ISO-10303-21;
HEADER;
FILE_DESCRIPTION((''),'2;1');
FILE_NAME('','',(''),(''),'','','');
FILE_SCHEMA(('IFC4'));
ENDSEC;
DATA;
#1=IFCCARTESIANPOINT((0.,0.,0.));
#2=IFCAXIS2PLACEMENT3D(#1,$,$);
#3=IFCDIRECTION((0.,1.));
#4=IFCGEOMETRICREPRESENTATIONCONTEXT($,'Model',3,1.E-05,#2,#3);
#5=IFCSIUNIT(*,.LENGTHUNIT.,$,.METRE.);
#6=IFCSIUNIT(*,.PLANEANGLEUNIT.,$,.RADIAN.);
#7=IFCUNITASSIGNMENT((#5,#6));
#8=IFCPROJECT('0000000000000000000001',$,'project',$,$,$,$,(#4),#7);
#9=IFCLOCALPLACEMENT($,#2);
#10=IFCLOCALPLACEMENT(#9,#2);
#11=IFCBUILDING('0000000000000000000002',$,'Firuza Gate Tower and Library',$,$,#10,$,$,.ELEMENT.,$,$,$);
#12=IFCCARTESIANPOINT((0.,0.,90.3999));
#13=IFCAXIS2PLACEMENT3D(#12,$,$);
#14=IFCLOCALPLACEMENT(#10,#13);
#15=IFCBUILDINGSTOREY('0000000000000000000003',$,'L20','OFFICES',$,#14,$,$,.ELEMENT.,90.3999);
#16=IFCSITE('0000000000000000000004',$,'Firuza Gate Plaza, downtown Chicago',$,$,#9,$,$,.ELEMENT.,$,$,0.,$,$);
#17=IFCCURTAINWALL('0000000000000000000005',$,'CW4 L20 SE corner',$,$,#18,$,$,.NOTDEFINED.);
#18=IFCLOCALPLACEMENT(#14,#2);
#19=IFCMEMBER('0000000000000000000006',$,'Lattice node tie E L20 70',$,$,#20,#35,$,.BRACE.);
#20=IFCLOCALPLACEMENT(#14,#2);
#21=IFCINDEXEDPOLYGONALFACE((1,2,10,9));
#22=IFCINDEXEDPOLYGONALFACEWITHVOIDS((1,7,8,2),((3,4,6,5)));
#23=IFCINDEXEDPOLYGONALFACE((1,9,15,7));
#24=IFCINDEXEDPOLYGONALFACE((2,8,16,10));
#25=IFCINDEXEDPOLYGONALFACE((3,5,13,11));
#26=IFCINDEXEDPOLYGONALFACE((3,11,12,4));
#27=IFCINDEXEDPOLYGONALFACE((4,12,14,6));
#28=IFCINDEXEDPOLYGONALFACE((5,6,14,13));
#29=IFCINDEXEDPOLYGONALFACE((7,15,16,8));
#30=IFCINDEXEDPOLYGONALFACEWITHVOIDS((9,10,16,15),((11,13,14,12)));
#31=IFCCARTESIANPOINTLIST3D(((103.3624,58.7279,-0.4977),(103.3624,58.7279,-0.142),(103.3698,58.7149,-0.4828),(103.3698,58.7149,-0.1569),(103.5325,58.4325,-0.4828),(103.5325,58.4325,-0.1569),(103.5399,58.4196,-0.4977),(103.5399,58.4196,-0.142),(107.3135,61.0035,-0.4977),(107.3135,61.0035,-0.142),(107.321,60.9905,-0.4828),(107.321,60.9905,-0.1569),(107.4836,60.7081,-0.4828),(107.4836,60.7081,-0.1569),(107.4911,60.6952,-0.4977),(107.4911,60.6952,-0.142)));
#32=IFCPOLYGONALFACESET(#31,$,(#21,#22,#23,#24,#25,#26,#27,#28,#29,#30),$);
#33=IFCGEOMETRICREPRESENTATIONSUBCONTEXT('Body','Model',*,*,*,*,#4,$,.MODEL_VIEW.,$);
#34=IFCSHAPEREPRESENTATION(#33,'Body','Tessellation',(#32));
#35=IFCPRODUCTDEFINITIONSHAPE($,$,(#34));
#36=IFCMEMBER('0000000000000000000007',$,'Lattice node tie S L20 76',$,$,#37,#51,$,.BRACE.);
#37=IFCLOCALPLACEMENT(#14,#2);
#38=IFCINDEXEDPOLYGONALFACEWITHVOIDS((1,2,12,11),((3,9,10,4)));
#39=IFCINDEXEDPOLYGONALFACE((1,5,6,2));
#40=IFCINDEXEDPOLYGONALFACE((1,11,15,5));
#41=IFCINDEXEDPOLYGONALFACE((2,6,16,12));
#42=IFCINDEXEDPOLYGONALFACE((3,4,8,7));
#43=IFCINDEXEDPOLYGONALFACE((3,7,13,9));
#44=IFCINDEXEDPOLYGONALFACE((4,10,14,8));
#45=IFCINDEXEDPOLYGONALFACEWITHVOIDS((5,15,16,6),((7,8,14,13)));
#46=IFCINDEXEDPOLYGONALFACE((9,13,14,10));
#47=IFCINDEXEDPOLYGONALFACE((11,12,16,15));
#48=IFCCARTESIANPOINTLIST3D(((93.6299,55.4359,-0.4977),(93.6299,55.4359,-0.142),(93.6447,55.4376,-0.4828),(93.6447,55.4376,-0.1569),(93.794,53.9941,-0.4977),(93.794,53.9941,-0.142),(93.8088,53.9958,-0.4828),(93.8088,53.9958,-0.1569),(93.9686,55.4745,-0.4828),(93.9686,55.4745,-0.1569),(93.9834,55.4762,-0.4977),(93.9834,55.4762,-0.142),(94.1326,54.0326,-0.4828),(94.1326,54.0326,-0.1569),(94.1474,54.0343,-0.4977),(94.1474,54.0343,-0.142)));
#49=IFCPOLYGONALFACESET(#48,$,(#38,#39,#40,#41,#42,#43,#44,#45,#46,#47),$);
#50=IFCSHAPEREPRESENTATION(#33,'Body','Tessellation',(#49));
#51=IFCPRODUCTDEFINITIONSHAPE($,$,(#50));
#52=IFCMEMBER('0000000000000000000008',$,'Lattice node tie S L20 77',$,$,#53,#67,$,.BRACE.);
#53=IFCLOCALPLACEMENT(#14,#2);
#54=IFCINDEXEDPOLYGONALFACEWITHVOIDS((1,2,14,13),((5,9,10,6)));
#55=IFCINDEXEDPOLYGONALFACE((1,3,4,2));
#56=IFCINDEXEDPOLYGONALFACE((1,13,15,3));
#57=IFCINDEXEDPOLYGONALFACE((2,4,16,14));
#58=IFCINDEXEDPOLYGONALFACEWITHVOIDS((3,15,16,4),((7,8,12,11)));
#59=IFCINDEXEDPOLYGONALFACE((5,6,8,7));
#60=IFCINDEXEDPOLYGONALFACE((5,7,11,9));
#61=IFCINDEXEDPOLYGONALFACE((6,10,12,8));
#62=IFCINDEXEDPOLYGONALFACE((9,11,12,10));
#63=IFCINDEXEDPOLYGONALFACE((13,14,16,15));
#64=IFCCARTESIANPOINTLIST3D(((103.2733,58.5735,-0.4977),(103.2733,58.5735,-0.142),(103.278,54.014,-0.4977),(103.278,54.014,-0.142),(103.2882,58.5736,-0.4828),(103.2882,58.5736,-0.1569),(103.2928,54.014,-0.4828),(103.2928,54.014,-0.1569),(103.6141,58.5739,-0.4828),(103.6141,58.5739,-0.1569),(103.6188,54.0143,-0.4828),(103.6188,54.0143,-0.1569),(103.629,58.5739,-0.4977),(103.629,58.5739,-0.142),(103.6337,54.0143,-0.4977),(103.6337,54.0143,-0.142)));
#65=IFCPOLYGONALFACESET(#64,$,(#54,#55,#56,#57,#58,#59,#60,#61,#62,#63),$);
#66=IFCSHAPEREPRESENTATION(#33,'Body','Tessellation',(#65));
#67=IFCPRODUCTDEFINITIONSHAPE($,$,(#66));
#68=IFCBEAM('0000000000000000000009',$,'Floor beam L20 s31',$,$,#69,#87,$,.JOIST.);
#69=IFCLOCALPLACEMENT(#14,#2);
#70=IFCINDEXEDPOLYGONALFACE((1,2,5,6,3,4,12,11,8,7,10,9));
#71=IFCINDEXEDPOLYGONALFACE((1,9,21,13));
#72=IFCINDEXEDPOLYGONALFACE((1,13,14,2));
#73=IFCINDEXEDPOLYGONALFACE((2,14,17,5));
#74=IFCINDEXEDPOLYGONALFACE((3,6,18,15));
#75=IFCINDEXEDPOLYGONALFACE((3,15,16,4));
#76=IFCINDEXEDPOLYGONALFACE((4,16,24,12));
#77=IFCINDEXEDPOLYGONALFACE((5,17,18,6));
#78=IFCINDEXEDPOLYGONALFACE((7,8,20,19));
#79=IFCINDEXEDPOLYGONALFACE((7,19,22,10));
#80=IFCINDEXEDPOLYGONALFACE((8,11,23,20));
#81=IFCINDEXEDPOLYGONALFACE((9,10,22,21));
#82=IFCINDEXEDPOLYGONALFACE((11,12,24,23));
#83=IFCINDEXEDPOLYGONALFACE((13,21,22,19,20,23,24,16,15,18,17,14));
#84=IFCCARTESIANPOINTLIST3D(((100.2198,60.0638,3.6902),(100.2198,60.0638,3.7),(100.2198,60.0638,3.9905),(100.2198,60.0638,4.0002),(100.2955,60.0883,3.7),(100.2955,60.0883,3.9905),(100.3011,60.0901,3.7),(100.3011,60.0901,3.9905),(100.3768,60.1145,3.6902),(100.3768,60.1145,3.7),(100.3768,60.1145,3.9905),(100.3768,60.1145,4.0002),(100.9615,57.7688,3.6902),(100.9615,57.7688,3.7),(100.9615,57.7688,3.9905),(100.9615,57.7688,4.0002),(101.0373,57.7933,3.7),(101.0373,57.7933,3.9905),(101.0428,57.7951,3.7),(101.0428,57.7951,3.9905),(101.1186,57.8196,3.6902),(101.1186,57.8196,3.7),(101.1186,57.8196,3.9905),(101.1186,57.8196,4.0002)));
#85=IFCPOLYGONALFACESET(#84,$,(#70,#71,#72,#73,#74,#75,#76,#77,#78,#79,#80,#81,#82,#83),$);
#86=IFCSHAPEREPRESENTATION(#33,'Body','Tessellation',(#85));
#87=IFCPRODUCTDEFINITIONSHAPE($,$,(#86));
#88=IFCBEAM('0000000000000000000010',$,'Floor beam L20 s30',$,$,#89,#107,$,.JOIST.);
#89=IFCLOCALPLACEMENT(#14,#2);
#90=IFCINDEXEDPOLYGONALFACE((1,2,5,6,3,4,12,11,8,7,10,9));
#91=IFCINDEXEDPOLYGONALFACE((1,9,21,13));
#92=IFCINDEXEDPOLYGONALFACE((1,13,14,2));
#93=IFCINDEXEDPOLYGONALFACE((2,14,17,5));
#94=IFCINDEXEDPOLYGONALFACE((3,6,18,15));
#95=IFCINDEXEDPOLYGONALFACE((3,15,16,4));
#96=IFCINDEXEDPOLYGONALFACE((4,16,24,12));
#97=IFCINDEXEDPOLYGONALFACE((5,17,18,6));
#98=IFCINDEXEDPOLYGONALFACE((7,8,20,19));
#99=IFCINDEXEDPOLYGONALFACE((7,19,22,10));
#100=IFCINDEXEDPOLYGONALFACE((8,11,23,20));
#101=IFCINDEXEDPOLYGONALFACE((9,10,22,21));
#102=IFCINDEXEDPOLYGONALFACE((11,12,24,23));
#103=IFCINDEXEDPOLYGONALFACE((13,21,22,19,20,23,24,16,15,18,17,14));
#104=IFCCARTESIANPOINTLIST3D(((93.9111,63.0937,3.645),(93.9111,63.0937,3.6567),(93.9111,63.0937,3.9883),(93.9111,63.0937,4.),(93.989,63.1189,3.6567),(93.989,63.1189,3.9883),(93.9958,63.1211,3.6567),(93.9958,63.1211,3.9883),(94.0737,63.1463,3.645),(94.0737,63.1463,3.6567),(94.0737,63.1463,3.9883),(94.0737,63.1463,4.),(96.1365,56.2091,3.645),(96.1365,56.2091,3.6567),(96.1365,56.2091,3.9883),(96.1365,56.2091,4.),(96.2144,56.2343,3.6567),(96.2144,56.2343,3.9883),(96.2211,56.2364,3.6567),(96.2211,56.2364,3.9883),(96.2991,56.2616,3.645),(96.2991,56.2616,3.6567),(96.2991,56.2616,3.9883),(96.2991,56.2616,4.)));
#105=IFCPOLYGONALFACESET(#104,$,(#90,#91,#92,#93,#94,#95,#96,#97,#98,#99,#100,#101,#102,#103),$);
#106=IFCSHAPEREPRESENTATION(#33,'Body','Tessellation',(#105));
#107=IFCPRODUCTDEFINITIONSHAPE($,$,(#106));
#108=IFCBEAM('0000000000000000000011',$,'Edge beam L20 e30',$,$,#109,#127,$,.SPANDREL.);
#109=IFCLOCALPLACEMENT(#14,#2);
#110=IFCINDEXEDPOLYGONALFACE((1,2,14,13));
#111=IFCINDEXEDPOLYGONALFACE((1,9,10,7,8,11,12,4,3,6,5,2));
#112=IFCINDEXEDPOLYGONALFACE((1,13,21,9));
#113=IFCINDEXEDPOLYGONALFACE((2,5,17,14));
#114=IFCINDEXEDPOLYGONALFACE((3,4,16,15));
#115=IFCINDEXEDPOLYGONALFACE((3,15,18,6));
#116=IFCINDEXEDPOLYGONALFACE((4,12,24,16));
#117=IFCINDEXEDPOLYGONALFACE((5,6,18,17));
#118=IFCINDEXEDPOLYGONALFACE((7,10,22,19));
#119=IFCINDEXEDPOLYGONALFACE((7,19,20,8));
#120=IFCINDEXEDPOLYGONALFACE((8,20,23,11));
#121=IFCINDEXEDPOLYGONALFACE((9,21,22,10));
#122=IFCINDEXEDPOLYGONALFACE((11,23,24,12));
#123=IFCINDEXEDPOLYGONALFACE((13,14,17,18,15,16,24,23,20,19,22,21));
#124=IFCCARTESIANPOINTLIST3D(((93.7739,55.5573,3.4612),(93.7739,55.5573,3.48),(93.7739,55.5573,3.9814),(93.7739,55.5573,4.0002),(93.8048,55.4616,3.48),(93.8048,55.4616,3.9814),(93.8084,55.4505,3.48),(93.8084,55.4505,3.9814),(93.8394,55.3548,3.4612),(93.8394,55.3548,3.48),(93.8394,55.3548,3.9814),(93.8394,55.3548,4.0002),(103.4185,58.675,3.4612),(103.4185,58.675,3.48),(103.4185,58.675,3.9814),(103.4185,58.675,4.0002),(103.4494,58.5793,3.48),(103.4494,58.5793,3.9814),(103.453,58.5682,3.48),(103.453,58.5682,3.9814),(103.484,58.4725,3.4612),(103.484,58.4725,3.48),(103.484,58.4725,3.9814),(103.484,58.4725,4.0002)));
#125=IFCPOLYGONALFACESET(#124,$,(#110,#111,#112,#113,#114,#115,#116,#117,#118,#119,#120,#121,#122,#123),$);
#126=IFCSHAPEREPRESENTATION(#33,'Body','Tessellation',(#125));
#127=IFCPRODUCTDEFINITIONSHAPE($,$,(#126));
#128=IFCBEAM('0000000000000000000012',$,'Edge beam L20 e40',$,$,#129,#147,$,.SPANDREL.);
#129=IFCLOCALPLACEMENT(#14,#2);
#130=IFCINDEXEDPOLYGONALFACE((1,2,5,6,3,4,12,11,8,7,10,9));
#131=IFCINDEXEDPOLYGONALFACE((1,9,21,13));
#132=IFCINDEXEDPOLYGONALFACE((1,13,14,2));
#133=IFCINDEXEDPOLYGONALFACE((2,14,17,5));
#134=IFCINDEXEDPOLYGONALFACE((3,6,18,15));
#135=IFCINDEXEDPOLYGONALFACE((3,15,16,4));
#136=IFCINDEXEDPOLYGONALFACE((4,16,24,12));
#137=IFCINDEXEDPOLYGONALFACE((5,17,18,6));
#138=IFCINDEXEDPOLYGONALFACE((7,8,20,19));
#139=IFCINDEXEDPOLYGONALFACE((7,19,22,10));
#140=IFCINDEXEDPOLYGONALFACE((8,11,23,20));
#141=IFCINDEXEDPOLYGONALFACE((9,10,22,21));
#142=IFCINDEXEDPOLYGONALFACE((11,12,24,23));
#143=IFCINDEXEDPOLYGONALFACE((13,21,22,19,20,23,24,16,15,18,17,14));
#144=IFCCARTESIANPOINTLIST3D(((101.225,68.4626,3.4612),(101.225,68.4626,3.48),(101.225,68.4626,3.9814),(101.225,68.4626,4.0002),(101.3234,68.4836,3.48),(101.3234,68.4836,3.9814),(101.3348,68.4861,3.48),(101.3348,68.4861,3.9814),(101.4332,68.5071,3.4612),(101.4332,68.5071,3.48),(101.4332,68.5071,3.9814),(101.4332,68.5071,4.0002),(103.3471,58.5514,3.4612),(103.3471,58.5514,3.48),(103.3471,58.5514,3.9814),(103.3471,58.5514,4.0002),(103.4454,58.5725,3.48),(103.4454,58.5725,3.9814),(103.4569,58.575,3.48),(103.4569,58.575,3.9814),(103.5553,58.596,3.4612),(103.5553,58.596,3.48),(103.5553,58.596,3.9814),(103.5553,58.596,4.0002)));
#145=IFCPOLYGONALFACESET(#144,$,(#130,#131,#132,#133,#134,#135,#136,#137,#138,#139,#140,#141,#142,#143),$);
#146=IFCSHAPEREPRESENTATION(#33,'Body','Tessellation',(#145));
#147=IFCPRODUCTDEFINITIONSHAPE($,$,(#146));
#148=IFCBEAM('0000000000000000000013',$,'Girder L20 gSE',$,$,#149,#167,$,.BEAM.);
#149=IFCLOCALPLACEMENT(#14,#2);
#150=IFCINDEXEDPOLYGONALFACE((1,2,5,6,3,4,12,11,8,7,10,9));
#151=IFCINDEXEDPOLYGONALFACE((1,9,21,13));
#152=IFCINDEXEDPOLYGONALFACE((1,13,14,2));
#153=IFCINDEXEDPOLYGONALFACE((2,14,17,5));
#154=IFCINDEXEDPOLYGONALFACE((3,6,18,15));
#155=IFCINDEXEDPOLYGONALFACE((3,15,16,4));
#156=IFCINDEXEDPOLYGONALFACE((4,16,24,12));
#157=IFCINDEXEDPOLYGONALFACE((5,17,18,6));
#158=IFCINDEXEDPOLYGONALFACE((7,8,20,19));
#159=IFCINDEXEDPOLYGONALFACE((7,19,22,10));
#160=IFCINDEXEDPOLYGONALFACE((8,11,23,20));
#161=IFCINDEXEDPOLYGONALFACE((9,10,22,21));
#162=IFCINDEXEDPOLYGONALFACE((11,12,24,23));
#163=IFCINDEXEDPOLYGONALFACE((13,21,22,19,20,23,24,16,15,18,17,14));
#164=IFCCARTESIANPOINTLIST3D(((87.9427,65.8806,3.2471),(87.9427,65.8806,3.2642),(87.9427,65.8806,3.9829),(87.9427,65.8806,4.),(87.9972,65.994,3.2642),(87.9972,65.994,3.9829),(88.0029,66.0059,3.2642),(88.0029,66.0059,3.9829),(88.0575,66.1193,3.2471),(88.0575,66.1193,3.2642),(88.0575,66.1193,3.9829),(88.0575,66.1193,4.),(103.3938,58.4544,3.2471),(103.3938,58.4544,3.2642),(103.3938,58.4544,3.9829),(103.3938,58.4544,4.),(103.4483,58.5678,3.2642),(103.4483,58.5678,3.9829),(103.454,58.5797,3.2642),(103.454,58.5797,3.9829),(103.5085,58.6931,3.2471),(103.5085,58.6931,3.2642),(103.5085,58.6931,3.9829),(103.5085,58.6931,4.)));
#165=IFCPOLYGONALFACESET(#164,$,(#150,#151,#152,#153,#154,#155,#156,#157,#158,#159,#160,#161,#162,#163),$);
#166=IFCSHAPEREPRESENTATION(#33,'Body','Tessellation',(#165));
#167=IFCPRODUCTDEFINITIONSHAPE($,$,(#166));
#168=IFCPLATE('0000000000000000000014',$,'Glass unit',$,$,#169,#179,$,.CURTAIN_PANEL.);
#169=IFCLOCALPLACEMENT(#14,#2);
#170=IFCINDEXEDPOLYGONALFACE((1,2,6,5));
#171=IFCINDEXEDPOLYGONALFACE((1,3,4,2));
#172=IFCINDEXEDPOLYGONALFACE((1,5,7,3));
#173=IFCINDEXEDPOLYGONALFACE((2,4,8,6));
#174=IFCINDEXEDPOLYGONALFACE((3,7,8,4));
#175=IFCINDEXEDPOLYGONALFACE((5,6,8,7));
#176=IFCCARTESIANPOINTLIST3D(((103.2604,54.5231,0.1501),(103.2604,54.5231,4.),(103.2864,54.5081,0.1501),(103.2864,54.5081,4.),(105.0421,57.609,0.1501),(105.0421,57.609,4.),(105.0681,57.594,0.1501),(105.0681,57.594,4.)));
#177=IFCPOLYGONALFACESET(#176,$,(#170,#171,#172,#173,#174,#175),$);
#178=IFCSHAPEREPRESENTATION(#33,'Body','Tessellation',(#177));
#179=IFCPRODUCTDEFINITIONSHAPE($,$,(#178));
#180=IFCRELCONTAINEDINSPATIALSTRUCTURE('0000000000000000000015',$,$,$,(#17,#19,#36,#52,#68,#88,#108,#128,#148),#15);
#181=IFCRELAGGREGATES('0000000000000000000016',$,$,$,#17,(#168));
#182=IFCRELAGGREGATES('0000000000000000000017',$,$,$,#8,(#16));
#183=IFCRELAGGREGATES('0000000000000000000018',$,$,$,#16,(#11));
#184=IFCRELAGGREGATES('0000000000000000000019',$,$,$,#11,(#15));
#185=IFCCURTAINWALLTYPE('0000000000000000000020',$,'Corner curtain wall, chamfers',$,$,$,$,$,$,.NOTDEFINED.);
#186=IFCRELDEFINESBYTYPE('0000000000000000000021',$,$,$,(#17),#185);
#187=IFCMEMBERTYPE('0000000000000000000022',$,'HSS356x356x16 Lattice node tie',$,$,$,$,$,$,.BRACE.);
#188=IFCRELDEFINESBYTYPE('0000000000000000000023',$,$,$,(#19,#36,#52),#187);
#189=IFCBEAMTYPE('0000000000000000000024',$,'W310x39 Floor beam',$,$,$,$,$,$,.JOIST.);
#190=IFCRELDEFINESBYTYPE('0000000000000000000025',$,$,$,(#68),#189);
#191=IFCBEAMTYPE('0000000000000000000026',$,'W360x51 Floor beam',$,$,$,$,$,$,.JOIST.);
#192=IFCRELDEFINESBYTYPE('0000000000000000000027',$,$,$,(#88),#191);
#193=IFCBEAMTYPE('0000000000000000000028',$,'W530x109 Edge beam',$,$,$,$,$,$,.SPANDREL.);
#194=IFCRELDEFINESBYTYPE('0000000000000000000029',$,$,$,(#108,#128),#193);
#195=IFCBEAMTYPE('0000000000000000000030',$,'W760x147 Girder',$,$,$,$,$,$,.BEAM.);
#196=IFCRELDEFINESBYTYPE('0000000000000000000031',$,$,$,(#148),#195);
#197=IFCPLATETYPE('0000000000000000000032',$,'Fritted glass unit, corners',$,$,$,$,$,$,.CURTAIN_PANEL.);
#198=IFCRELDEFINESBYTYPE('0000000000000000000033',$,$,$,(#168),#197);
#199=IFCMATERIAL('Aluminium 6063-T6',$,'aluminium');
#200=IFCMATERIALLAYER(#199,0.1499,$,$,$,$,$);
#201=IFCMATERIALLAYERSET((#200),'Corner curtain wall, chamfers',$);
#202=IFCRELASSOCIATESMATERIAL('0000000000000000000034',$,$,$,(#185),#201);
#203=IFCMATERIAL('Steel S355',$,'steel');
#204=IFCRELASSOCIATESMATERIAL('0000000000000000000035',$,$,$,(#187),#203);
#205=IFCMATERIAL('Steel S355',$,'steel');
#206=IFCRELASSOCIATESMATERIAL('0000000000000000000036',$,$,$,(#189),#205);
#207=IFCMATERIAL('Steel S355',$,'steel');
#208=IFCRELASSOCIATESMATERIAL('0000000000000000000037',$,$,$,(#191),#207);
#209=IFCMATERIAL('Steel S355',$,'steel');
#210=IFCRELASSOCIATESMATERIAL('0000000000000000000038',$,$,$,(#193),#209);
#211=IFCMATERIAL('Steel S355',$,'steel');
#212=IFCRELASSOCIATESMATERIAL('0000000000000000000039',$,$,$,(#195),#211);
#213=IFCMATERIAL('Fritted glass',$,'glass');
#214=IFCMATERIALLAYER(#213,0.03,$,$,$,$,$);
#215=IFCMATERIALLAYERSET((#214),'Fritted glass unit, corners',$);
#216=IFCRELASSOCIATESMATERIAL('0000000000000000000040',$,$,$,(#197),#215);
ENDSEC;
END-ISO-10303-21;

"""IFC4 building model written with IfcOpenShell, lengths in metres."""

from ifc_helpers import new_model, si_unit, direction, frame, origin, origin_2d, place, context, subcontext, project, spatial, polyline, hollow_rectangle, i_section, outline, extrude, material, layer, layer_set, material_profile, profile_set, type_object, element, aggregate, save


model = new_model("IFC4")

# Units and contexts
model_context = context("Model", 3, precision=1e-05, world=origin(), true_north=direction((0.0, 1.0)))
body_context = subcontext(model_context, "Body", "Model", "MODEL_VIEW")
ifc_project = project(units=[si_unit("LENGTHUNIT", "METRE"), si_unit("PLANEANGLEUNIT", "RADIAN")], contexts=[model_context])

# Site, building, storey
site_placement = place(None, origin())
site = spatial("IfcSite", under=ifc_project, at=site_placement, Name="Firuza Gate Plaza, downtown Chicago", CompositionType="ELEMENT", RefElevation=0.0)
building_placement = place(site_placement, origin())
building = spatial("IfcBuilding", under=site, at=building_placement, Name="Firuza Gate Tower and Library", CompositionType="ELEMENT")
storey_placement = place(building_placement, frame((0.0, 0.0, 90.3999)))
storey = spatial("IfcBuildingStorey", under=building, at=storey_placement, Name="L20", Description="OFFICES", CompositionType="ELEMENT", Elevation=90.3999)

# Curtain wall
placement = place(storey_placement, origin())
ifc_material_1 = material(Name="Aluminium 6063-T6", Category="aluminium")
ifc_layer_1 = layer(ifc_material_1, 0.1499)
ifc_layer_set_1 = layer_set([ifc_layer_1], Name="Corner curtain wall, chamfers")
curtain_wall_type_1 = type_object("IfcCurtainWallType", Name="Corner curtain wall, chamfers", PredefinedType="NOTDEFINED", material=ifc_layer_set_1)
curtain_wall_1 = element("IfcCurtainWall", 1, at=placement, inside=storey, type_object=curtain_wall_type_1, Name="CW4 L20 SE corner", PredefinedType="NOTDEFINED")

# Members
ifc_material_2 = material(Name="Steel S355", Category="steel")
ifc_material_profile_1 = material_profile(ifc_material_2, hollow_rectangle(XDim=0.3557, YDim=0.3557, WallThickness=0.0149, at=origin_2d()))
ifc_profile_set_1 = profile_set([ifc_material_profile_1], Name="Steel S355")
member_type_1 = type_object("IfcMemberType", Name="HSS356x356x16 Lattice node tie", PredefinedType="BRACE", material=ifc_profile_set_1)
member_1_placement = place(storey_placement, frame((103.4512, 58.5737, -0.3198), z_axis=(0.866554, 0.499083, 0.0), x_axis=(-0.499083, 0.866554, 0.0)))
element("IfcMember", 2, at=member_1_placement, inside=storey, type_object=member_type_1, Name="Lattice node tie E L20 70", PredefinedType="BRACE", context=body_context, shape_type="SweptSolid", body=[
    extrude(hollow_rectangle(XDim=0.3557, YDim=0.3557, WallThickness=0.0149, at=origin_2d()), origin(), (0.0, 0.0, 1.0), 4.5596),
])
member_2_placement = place(storey_placement, frame((93.8066, 55.4561, -0.3198), z_axis=(0.113053, -0.993589, 0.0), x_axis=(0.993589, 0.113053, 0.0)))
element("IfcMember", 3, at=member_2_placement, inside=storey, type_object=member_type_1, Name="Lattice node tie S L20 76", PredefinedType="BRACE", context=body_context, shape_type="SweptSolid", body=[
    extrude(hollow_rectangle(XDim=0.3557, YDim=0.3557, WallThickness=0.0149, at=origin_2d()), origin(), (0.0, 0.0, 1.0), 1.4512),
])
member_3_placement = place(storey_placement, frame((103.4512, 58.5737, -0.3198), z_axis=(0.001017, -0.999999, 0.0), x_axis=(0.999999, 0.001017, 0.0)))
element("IfcMember", 4, at=member_3_placement, inside=storey, type_object=member_type_1, Name="Lattice node tie S L20 77", PredefinedType="BRACE", context=body_context, shape_type="SweptSolid", body=[
    extrude(hollow_rectangle(XDim=0.3557, YDim=0.3557, WallThickness=0.0149, at=origin_2d()), origin(), (0.0, 0.0, 1.0), 4.5596),
])

# Beams
ifc_material_3 = material(Name="Steel S355", Category="steel")
ifc_material_profile_2 = material_profile(ifc_material_3, i_section(OverallWidth=0.165, OverallDepth=0.3101, WebThickness=0.0059, FlangeThickness=0.0098, at=origin_2d()))
ifc_profile_set_2 = profile_set([ifc_material_profile_2], Name="Steel S355")
beam_type_1 = type_object("IfcBeamType", Name="W310x39 Floor beam", PredefinedType="JOIST", material=ifc_profile_set_2)
beam_1_placement = place(storey_placement, frame((101.04, 57.7942, 3.8452), z_axis=(-0.307529, 0.951539, 0.0), x_axis=(-0.951539, -0.307529, 0.0)))
element("IfcBeam", 5, at=beam_1_placement, inside=storey, type_object=beam_type_1, Name="Floor beam L20 s31", PredefinedType="JOIST", context=body_context, shape_type="SweptSolid", body=[
    extrude(i_section(OverallWidth=0.165, OverallDepth=0.3101, WebThickness=0.0059, FlangeThickness=0.0098, at=origin_2d()), origin(), (0.0, 0.0, 1.0), 2.4119),
])
ifc_material_4 = material(Name="Steel S355", Category="steel")
ifc_material_profile_3 = material_profile(ifc_material_4, i_section(OverallWidth=0.1709, OverallDepth=0.355, WebThickness=0.0071, FlangeThickness=0.0117, at=origin_2d()))
ifc_profile_set_3 = profile_set([ifc_material_profile_3], Name="Steel S355")
beam_type_2 = type_object("IfcBeamType", Name="W360x51 Floor beam", PredefinedType="JOIST", material=ifc_profile_set_3)
beam_2_placement = place(storey_placement, frame((96.2178, 56.2354, 3.8225), z_axis=(-0.30757, 0.951526, 0.0), x_axis=(-0.951526, -0.30757, 0.0)))
element("IfcBeam", 6, at=beam_2_placement, inside=storey, type_object=beam_type_2, Name="Floor beam L20 s30", PredefinedType="JOIST", context=body_context, shape_type="SweptSolid", body=[
    extrude(i_section(OverallWidth=0.1709, OverallDepth=0.355, WebThickness=0.0071, FlangeThickness=0.0117, at=origin_2d()), origin(), (0.0, 0.0, 1.0), 7.2354),
])
ifc_material_5 = material(Name="Steel S355", Category="steel")
ifc_material_profile_4 = material_profile(ifc_material_5, i_section(OverallWidth=0.2129, OverallDepth=0.5391, WebThickness=0.0117, FlangeThickness=0.0188, at=origin_2d()))
ifc_profile_set_4 = profile_set([ifc_material_profile_4], Name="Steel S355")
beam_type_3 = type_object("IfcBeamType", Name="W530x109 Edge beam", PredefinedType="SPANDREL", material=ifc_profile_set_4)
beam_3_placement = place(storey_placement, frame((93.8066, 55.4561, 3.7307), z_axis=(0.95152, 0.307587, 0.0), x_axis=(-0.307587, 0.95152, 0.0)))
element("IfcBeam", 7, at=beam_3_placement, inside=storey, type_object=beam_type_3, Name="Edge beam L20 e30", PredefinedType="SPANDREL", context=body_context, shape_type="SweptSolid", body=[
    extrude(i_section(OverallWidth=0.2129, OverallDepth=0.5391, WebThickness=0.0117, FlangeThickness=0.0188, at=origin_2d()), origin(), (0.0, 0.0, 1.0), 10.136),
])
beam_4_placement = place(storey_placement, frame((103.4512, 58.5737, 3.7307), z_axis=(-0.209365, 0.977838, 0.0), x_axis=(-0.977838, -0.209365, 0.0)))
element("IfcBeam", 8, at=beam_4_placement, inside=storey, type_object=beam_type_3, Name="Edge beam L20 e40", PredefinedType="SPANDREL", context=body_context, shape_type="SweptSolid", body=[
    extrude(i_section(OverallWidth=0.2129, OverallDepth=0.5391, WebThickness=0.0117, FlangeThickness=0.0188, at=origin_2d()), origin(), (0.0, 0.0, 1.0), 10.1357),
])
ifc_material_6 = material(Name="Steel S355", Category="steel")
ifc_material_profile_5 = material_profile(ifc_material_6, i_section(OverallWidth=0.2649, OverallDepth=0.7529, WebThickness=0.0132, FlangeThickness=0.0171, at=origin_2d()))
ifc_profile_set_5 = profile_set([ifc_material_profile_5], Name="Steel S355")
beam_type_4 = type_object("IfcBeamType", Name="W760x147 Girder", PredefinedType="BEAM", material=ifc_profile_set_5)
beam_5_placement = place(storey_placement, frame((103.4512, 58.5737, 3.6235), z_axis=(-0.901302, 0.433191, 0.0), x_axis=(-0.433191, -0.901302, 0.0)))
element("IfcBeam", 9, at=beam_5_placement, inside=storey, type_object=beam_type_4, Name="Girder L20 gSE", PredefinedType="BEAM", context=body_context, shape_type="SweptSolid", body=[
    extrude(i_section(OverallWidth=0.2649, OverallDepth=0.7529, WebThickness=0.0132, FlangeThickness=0.0171, at=origin_2d()), origin(), (0.0, 0.0, 1.0), 17.1431),
])

# Plate
ifc_material_7 = material(Name="Fritted glass", Category="glass")
ifc_layer_2 = layer(ifc_material_7, 0.03)
ifc_layer_set_2 = layer_set([ifc_layer_2], Name="Fritted glass unit, corners")
plate_type_1 = type_object("IfcPlateType", Name="Fritted glass unit, corners", PredefinedType="CURTAIN_PANEL", material=ifc_layer_set_2)
plate_1_placement = place(storey_placement, frame((103.2864, 54.5081, 0.1501), z_axis=(0.866017, -0.500015, 0.0), x_axis=(0.500015, 0.866017, 0.0)))
plate_1 = element("IfcPlate", 10, at=plate_1_placement, type_object=plate_type_1, Name="Glass unit", PredefinedType="CURTAIN_PANEL", context=body_context, shape_type="SweptSolid", body=[
    extrude(outline(polyline([(0.0, 0.0), (3.5634, 0.0), (3.5634, 3.8499), (0.0, 3.8499), (0.0, 0.0)])), origin(), (0.0, 0.0, -1.0), 0.03),
])
aggregate(curtain_wall_1, [plate_1])

save(model, "model.ifc")
